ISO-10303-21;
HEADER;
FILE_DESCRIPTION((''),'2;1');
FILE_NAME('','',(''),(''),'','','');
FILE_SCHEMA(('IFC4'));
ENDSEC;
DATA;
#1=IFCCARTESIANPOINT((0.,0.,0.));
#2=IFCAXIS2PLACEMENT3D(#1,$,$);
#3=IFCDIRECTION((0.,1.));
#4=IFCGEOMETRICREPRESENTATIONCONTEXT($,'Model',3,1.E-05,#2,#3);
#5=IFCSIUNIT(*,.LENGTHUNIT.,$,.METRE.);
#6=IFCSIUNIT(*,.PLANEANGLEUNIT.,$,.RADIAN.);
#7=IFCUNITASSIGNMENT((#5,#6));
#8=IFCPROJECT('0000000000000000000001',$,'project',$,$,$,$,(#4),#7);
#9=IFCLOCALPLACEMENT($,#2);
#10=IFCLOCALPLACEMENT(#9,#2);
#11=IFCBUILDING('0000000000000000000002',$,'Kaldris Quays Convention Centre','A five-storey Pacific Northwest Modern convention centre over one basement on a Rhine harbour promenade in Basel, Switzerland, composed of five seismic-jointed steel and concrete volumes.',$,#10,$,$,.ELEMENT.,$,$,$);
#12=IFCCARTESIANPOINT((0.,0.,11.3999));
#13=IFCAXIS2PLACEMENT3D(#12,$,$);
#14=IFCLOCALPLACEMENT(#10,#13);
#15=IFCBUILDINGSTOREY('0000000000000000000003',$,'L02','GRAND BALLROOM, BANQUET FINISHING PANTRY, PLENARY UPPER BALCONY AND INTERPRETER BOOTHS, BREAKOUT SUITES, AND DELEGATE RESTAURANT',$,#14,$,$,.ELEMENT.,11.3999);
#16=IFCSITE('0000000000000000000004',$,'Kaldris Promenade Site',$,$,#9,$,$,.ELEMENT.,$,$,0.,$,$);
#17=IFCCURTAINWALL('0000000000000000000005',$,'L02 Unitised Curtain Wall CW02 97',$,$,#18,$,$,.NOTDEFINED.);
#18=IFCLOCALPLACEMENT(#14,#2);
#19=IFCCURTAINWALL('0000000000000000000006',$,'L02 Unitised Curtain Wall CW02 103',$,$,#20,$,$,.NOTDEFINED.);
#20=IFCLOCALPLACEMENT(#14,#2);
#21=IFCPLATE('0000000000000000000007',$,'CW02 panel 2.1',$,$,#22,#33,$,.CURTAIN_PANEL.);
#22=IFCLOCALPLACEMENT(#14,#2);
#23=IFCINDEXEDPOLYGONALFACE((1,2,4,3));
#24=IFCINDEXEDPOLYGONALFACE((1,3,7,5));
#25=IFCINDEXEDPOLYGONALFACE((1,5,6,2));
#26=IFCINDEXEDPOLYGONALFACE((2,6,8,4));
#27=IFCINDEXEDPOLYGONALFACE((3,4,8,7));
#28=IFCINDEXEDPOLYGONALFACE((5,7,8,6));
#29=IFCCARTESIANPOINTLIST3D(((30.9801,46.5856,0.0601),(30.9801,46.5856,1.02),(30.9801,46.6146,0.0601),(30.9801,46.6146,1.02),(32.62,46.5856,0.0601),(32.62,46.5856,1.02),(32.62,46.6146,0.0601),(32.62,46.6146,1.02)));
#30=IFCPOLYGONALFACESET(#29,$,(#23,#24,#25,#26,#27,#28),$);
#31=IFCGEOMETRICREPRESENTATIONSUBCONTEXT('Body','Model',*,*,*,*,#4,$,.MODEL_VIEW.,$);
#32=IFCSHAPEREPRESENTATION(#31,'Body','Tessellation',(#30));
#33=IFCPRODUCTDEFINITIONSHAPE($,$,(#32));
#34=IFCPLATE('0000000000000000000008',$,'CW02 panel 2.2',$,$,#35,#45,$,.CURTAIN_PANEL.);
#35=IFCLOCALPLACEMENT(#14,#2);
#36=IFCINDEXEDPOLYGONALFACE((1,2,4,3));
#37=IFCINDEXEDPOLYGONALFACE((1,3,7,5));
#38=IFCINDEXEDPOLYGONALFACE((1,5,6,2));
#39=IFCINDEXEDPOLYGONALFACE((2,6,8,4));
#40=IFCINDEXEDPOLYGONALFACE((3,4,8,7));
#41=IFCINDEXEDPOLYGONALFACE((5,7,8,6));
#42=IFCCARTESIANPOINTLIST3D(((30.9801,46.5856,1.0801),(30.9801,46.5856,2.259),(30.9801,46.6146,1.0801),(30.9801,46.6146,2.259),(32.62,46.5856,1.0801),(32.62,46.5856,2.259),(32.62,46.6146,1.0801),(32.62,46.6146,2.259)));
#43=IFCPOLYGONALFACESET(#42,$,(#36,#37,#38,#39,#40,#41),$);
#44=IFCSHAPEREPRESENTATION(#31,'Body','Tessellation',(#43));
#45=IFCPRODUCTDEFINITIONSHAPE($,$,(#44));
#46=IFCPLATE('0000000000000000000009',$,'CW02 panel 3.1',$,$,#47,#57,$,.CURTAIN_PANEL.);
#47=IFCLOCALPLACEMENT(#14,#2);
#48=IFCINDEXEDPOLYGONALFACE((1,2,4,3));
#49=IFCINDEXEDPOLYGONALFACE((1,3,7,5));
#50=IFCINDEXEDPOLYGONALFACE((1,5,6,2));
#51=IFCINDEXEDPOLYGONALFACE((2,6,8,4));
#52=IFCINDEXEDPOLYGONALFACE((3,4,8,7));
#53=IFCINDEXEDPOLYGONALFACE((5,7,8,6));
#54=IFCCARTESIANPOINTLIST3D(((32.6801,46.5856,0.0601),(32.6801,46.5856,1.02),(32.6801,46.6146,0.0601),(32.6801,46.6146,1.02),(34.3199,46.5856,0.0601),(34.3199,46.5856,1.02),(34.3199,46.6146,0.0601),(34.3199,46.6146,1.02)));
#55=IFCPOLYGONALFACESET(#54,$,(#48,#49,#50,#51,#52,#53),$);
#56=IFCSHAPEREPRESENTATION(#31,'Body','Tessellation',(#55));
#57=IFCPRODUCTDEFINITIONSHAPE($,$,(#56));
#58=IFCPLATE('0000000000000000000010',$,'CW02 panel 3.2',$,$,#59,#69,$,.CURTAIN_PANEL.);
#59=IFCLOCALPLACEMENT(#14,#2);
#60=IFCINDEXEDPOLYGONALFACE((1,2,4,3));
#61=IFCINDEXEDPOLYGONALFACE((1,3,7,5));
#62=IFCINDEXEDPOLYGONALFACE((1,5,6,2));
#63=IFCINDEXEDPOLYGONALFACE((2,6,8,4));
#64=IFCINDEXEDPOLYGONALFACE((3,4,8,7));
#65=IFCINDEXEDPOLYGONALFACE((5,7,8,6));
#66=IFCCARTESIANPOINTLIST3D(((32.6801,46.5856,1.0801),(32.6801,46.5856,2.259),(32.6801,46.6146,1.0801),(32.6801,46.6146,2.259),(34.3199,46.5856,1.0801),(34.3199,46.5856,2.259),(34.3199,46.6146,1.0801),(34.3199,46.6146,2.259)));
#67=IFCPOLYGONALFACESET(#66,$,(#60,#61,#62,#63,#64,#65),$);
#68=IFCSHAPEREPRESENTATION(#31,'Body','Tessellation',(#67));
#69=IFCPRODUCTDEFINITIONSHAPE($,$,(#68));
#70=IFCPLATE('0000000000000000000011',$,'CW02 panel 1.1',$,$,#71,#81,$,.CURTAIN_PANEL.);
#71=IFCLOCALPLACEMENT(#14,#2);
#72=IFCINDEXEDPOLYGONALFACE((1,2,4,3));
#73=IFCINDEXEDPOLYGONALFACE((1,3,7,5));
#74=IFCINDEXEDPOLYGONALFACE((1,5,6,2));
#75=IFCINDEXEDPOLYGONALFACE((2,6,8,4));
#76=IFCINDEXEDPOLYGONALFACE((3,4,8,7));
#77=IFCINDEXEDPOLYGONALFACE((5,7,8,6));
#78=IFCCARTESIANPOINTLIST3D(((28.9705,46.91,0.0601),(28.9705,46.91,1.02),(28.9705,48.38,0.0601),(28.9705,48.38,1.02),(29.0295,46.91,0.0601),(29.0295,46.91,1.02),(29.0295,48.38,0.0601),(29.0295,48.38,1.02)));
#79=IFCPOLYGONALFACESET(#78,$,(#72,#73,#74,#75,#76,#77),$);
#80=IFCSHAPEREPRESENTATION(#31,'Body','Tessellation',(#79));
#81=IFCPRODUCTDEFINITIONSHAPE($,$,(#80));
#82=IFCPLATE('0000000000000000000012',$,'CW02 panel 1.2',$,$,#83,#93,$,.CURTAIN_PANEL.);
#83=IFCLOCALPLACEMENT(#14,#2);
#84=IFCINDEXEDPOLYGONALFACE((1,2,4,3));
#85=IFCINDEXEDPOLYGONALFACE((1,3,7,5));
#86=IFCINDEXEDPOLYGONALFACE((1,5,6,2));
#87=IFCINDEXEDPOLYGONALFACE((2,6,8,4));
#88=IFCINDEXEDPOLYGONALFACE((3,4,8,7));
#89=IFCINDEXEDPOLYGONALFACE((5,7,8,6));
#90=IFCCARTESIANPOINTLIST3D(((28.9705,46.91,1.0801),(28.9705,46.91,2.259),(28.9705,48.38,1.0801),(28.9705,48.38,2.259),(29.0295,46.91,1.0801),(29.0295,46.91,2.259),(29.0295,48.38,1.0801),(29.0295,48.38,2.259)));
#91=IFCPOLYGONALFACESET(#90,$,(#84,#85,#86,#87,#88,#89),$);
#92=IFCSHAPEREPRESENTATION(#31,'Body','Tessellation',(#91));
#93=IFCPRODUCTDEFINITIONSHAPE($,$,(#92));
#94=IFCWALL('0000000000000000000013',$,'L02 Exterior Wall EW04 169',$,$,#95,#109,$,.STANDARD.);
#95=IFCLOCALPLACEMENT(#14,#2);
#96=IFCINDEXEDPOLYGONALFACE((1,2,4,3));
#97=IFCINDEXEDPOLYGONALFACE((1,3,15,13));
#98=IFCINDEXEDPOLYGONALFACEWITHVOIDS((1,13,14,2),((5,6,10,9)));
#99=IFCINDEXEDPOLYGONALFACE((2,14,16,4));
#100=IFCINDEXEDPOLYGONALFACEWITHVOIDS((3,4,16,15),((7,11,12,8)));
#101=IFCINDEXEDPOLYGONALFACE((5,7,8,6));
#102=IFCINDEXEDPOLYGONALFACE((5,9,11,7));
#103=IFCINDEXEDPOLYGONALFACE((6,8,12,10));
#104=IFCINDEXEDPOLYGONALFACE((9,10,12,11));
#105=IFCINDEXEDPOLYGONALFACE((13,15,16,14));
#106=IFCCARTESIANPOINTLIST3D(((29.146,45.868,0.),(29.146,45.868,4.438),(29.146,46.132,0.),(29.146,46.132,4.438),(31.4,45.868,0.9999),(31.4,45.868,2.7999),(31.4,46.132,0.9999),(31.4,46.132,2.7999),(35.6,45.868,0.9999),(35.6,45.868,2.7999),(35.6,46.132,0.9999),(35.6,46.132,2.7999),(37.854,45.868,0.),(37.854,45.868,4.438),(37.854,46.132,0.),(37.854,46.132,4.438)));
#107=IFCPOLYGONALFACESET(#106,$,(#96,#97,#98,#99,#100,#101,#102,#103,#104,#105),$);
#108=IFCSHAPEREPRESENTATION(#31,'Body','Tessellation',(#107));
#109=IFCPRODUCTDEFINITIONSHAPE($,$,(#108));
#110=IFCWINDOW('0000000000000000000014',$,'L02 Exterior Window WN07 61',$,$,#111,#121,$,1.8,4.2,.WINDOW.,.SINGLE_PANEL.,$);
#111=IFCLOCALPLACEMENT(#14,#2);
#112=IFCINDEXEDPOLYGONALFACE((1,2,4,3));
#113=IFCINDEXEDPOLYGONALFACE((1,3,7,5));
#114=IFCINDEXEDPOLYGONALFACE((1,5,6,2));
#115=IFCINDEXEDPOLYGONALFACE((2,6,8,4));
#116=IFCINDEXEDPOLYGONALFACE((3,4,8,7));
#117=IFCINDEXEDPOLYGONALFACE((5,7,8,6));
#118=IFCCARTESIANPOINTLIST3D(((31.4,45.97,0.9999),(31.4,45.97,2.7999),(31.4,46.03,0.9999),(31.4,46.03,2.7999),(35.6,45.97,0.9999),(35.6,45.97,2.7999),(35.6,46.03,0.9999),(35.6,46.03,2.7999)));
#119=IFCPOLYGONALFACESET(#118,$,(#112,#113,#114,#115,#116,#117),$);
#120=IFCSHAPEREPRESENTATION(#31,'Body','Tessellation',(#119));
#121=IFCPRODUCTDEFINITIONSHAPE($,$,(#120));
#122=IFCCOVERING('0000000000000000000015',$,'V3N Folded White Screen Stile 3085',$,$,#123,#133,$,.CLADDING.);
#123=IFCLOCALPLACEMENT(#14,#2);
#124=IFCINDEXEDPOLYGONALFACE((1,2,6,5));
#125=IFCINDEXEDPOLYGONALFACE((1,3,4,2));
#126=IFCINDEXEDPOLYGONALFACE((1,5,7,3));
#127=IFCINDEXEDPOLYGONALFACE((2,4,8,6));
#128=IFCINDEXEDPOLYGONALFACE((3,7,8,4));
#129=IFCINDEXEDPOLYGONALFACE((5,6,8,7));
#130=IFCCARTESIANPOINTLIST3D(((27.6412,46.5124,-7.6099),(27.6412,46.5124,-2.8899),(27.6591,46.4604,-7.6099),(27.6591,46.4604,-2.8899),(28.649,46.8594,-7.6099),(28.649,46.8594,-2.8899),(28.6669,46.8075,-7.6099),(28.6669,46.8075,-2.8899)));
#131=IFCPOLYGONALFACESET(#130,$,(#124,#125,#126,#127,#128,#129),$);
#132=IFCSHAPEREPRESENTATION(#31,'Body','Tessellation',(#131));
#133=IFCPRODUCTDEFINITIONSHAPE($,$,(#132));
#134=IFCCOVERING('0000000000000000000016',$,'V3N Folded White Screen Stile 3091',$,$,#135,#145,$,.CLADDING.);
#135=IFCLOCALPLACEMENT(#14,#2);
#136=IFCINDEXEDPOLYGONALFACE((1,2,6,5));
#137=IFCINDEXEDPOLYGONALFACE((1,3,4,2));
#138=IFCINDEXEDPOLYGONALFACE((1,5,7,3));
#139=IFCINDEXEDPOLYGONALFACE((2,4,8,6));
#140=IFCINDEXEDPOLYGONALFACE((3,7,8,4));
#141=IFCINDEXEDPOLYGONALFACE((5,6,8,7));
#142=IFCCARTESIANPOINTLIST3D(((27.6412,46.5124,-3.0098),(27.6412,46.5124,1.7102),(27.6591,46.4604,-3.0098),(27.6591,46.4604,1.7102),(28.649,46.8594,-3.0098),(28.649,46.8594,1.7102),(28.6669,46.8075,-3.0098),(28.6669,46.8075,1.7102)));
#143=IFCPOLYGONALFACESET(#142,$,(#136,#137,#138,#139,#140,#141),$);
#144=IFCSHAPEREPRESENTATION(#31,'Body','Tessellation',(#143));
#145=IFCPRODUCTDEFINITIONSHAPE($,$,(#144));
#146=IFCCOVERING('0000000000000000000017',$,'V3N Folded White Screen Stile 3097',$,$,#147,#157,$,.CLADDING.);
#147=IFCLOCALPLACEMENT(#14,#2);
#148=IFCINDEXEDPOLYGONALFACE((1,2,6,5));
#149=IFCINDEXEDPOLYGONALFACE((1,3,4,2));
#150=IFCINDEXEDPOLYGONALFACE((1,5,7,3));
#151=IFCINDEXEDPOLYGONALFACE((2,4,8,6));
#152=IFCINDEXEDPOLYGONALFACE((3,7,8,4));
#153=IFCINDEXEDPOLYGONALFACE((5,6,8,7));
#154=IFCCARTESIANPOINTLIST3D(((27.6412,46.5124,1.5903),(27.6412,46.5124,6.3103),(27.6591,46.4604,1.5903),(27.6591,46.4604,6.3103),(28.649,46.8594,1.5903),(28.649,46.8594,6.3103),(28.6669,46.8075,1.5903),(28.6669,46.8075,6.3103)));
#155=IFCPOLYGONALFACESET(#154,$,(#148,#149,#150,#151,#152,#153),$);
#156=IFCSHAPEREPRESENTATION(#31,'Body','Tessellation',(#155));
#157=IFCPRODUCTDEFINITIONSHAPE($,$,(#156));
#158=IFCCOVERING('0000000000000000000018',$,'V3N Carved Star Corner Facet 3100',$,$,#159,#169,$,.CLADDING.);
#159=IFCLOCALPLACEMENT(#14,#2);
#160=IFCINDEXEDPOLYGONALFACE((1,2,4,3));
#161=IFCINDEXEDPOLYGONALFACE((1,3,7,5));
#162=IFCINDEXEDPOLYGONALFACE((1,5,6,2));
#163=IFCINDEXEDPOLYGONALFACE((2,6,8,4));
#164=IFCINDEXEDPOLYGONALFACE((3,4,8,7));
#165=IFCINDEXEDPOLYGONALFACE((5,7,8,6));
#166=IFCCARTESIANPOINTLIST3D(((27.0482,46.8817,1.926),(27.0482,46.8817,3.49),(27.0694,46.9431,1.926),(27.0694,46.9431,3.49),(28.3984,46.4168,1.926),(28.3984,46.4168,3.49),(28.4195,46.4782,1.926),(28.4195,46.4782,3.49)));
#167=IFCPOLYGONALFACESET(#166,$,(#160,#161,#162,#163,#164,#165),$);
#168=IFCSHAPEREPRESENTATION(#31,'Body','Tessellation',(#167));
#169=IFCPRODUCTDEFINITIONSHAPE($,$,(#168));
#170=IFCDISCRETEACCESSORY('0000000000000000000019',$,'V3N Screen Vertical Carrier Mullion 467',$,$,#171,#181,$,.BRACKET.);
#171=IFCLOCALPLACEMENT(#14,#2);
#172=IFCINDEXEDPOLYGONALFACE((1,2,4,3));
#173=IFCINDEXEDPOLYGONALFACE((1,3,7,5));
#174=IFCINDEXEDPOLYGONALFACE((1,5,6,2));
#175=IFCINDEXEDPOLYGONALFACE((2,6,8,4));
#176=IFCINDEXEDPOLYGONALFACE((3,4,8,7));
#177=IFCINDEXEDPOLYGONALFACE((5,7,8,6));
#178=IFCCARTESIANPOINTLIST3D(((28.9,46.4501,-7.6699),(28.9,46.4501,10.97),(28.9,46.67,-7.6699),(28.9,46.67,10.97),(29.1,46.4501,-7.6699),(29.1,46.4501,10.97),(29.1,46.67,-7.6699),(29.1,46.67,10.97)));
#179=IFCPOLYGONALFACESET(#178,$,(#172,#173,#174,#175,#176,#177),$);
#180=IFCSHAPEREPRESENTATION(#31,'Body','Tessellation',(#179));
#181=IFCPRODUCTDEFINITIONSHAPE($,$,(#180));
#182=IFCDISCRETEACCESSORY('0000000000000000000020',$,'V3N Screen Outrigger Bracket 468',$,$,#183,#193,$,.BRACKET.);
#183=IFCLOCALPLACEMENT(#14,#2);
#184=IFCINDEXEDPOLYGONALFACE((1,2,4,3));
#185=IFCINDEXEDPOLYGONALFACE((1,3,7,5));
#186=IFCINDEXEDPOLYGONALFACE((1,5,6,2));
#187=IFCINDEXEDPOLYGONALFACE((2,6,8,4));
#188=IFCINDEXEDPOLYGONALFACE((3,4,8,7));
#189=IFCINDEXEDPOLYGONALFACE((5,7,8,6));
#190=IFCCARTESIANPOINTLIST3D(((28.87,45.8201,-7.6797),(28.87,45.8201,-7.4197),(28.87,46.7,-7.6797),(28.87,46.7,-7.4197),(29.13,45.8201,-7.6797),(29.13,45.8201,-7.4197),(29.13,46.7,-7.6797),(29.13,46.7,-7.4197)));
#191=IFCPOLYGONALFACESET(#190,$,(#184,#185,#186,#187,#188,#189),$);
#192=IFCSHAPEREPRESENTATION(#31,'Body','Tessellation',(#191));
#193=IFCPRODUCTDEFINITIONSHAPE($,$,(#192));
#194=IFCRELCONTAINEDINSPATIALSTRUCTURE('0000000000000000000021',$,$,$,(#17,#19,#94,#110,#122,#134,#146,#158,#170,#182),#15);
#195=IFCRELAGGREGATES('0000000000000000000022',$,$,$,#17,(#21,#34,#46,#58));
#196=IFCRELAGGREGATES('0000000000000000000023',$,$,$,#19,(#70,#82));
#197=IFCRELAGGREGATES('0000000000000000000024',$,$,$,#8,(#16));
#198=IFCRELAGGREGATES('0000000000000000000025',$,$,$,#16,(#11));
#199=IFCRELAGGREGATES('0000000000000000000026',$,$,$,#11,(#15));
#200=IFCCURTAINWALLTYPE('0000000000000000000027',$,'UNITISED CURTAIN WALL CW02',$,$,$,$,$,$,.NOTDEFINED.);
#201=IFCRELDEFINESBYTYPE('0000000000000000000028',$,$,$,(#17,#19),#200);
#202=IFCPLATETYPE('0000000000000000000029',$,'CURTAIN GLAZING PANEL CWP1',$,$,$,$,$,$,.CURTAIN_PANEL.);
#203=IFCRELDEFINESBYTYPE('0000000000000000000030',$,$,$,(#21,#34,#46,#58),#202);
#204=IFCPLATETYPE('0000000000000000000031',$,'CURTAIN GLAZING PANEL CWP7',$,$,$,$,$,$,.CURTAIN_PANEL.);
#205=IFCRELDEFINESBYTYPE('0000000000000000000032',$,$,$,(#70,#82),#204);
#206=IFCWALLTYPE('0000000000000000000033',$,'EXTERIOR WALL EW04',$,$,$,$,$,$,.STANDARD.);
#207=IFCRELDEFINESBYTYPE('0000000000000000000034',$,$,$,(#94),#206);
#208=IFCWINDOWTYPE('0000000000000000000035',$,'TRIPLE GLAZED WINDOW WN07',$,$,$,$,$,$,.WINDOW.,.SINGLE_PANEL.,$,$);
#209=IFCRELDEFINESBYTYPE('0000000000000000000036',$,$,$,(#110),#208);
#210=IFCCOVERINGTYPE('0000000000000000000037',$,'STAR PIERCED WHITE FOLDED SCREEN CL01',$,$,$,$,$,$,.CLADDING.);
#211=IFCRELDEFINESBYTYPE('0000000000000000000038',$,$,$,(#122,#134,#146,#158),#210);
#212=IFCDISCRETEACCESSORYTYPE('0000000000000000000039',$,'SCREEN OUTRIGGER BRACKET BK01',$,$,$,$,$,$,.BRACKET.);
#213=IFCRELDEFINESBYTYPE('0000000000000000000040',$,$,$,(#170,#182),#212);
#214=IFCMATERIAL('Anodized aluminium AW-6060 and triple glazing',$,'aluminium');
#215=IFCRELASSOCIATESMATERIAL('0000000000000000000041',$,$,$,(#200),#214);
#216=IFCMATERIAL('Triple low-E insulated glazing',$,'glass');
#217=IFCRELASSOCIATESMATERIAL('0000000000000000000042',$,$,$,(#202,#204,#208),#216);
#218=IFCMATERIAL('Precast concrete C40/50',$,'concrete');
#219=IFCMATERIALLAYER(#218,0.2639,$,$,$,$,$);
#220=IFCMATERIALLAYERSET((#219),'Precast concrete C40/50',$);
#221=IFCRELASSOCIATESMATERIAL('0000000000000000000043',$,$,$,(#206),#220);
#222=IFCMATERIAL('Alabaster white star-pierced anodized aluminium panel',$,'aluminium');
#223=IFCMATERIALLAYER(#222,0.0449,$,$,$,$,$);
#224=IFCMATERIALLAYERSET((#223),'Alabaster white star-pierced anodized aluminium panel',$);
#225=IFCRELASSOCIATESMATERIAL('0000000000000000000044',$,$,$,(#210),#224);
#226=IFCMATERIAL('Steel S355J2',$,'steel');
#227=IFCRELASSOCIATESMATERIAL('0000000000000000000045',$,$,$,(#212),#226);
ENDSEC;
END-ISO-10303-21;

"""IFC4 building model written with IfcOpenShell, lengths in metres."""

from ifc_helpers import new_model, si_unit, direction, frame, frame_2d, origin, origin_2d, place, context, subcontext, project, spatial, rectangle, extrude, material, layer, layer_set, type_object, element, fill, aggregate, save


model = new_model("IFC4")

# Units and contexts
model_context = context("Model", 3, precision=1e-05, world=origin(), true_north=direction((0.0, 1.0)))
body_context = subcontext(model_context, "Body", "Model", "MODEL_VIEW")
ifc_project = project(units=[si_unit("LENGTHUNIT", "METRE"), si_unit("PLANEANGLEUNIT", "RADIAN")], contexts=[model_context])

# Site, building, storey
site_placement = place(None, origin())
site = spatial("IfcSite", under=ifc_project, at=site_placement, Name="Kaldris Promenade Site", CompositionType="ELEMENT", RefElevation=0.0)
building_placement = place(site_placement, origin())
building = spatial("IfcBuilding", under=site, at=building_placement, Name="Kaldris Quays Convention Centre", Description="A five-storey Pacific Northwest Modern convention centre over one basement on a Rhine harbour promenade in Basel, Switzerland, composed of five seismic-jointed steel and concrete volumes.", CompositionType="ELEMENT")
storey_placement = place(building_placement, frame((0.0, 0.0, 11.3999)))
storey = spatial("IfcBuildingStorey", under=building, at=storey_placement, Name="L02", Description="GRAND BALLROOM, BANQUET FINISHING PANTRY, PLENARY UPPER BALCONY AND INTERPRETER BOOTHS, BREAKOUT SUITES, AND DELEGATE RESTAURANT", CompositionType="ELEMENT", Elevation=11.3999)

# Shared definitions
ifc_material_1 = material(Name="Steel S355J2", Category="steel")

# Curtain walls
ifc_material_2 = material(Name="Anodized aluminium AW-6060 and triple glazing", Category="aluminium")
curtain_wall_type = type_object("IfcCurtainWallType", Name="UNITISED CURTAIN WALL CW02", PredefinedType="NOTDEFINED", material=ifc_material_2)
curtain_wall_1_placement = place(storey_placement, origin())
curtain_wall_1 = element("IfcCurtainWall", 1, at=curtain_wall_1_placement, inside=storey, type_object=curtain_wall_type, Name="L02 Unitised Curtain Wall CW02 97", PredefinedType="NOTDEFINED")
curtain_wall_2_placement = place(storey_placement, origin())
curtain_wall_2 = element("IfcCurtainWall", 2, at=curtain_wall_2_placement, inside=storey, type_object=curtain_wall_type, Name="L02 Unitised Curtain Wall CW02 103", PredefinedType="NOTDEFINED")

# Plates
ifc_material_3 = material(Name="Triple low-E insulated glazing", Category="glass")
plate_type_1 = type_object("IfcPlateType", Name="CURTAIN GLAZING PANEL CWP1", PredefinedType="CURTAIN_PANEL", material=ifc_material_3)
plate_1_placement = place(storey_placement, frame((31.8, 46.6001, 0.0601), z_axis=(0.0, 0.0, 1.0), x_axis=(1.0, 0.0, 0.0)))
plate_1 = element("IfcPlate", 3, at=plate_1_placement, type_object=plate_type_1, Name="CW02 panel 2.1", PredefinedType="CURTAIN_PANEL", context=body_context, shape_type="SweptSolid", body=[
    extrude(rectangle(XDim=1.6399, YDim=0.0291, at=origin_2d()), origin(), (0.0, 0.0, 1.0), 0.96),
])
plate_2_placement = place(storey_placement, frame((31.8, 46.6001, 1.0801), z_axis=(0.0, 0.0, 1.0), x_axis=(1.0, 0.0, 0.0)))
plate_2 = element("IfcPlate", 4, at=plate_2_placement, type_object=plate_type_1, Name="CW02 panel 2.2", PredefinedType="CURTAIN_PANEL", context=body_context, shape_type="SweptSolid", body=[
    extrude(rectangle(XDim=1.6399, YDim=0.0291, at=origin_2d()), origin(), (0.0, 0.0, 1.0), 1.179),
])
plate_3_placement = place(storey_placement, frame((33.5, 46.6001, 0.0601), z_axis=(0.0, 0.0, 1.0), x_axis=(1.0, 0.0, 0.0)))
plate_3 = element("IfcPlate", 5, at=plate_3_placement, type_object=plate_type_1, Name="CW02 panel 3.1", PredefinedType="CURTAIN_PANEL", context=body_context, shape_type="SweptSolid", body=[
    extrude(rectangle(XDim=1.6399, YDim=0.0291, at=origin_2d()), origin(), (0.0, 0.0, 1.0), 0.96),
])
plate_4_placement = place(storey_placement, frame((33.5, 46.6001, 1.0801), z_axis=(0.0, 0.0, 1.0), x_axis=(1.0, 0.0, 0.0)))
plate_4 = element("IfcPlate", 6, at=plate_4_placement, type_object=plate_type_1, Name="CW02 panel 3.2", PredefinedType="CURTAIN_PANEL", context=body_context, shape_type="SweptSolid", body=[
    extrude(rectangle(XDim=1.6399, YDim=0.0291, at=origin_2d()), origin(), (0.0, 0.0, 1.0), 1.179),
])
aggregate(curtain_wall_1, [plate_1, plate_2, plate_3, plate_4])
plate_type_2 = type_object("IfcPlateType", Name="CURTAIN GLAZING PANEL CWP7", PredefinedType="CURTAIN_PANEL", material=ifc_material_3)
plate_5_placement = place(storey_placement, frame((29.0, 47.645, 0.0601), z_axis=(0.0, 0.0, 1.0), x_axis=(0.0, 1.0, 0.0)))
plate_5 = element("IfcPlate", 7, at=plate_5_placement, type_object=plate_type_2, Name="CW02 panel 1.1", PredefinedType="CURTAIN_PANEL", context=body_context, shape_type="SweptSolid", body=[
    extrude(rectangle(XDim=1.47, YDim=0.0591, at=origin_2d()), origin(), (0.0, 0.0, 1.0), 0.96),
])
plate_6_placement = place(storey_placement, frame((29.0, 47.645, 1.0801), z_axis=(0.0, 0.0, 1.0), x_axis=(0.0, 1.0, 0.0)))
plate_6 = element("IfcPlate", 8, at=plate_6_placement, type_object=plate_type_2, Name="CW02 panel 1.2", PredefinedType="CURTAIN_PANEL", context=body_context, shape_type="SweptSolid", body=[
    extrude(rectangle(XDim=1.47, YDim=0.0591, at=origin_2d()), origin(), (0.0, 0.0, 1.0), 1.179),
])
aggregate(curtain_wall_2, [plate_5, plate_6])

# Wall, opening, window
ifc_material_4 = material(Name="Precast concrete C40/50", Category="concrete")
ifc_layer_1 = layer(ifc_material_4, 0.2639)
ifc_layer_set_1 = layer_set([ifc_layer_1], Name="Precast concrete C40/50")
wall_type = type_object("IfcWallType", Name="EXTERIOR WALL EW04", PredefinedType="STANDARD", material=ifc_layer_set_1)
wall_placement = place(storey_placement, frame((29.146, 46.0, 0.0), z_axis=(0.0, 0.0, 1.0), x_axis=(1.0, 0.0, 0.0)))
wall = element("IfcWall", 9, at=wall_placement, inside=storey, type_object=wall_type, Name="L02 Exterior Wall EW04 169", PredefinedType="STANDARD", context=body_context, shape_type="SweptSolid", body=[
    extrude(rectangle(XDim=8.708, YDim=0.2639, at=frame_2d((4.354, 0.0))), origin(), (0.0, 0.0, 1.0), 4.438),
])
opening_placement = place(wall_placement, frame((2.2539, 0.0, 1.0)))
opening = element("IfcOpeningElement", 10, at=opening_placement, cuts=wall, PredefinedType="OPENING", context=body_context, shape_type="SweptSolid", body=[
    extrude(rectangle(XDim=4.2, YDim=1.8, at=frame_2d((2.1001, 0.8999))), frame((0.0, 0.1421, 0.0), z_axis=(0.0, -1.0, 0.0), x_axis=(1.0, 0.0, 0.0)), (0.0, 0.0, 1.0), 0.2839),
])
window_type = type_object("IfcWindowType", Name="TRIPLE GLAZED WINDOW WN07", PartitioningType="SINGLE_PANEL", PredefinedType="WINDOW", material=ifc_material_3)
window_placement = place(opening_placement, origin())
window = element("IfcWindow", 11, at=window_placement, inside=storey, type_object=window_type, Name="L02 Exterior Window WN07 61", OverallHeight=1.8, OverallWidth=4.2, PartitioningType="SINGLE_PANEL", PredefinedType="WINDOW", context=body_context, shape_type="SweptSolid", body=[
    extrude(rectangle(XDim=4.2, YDim=1.8, at=frame_2d((2.1001, 0.8999))), frame((0.0, 0.03, 0.0), z_axis=(0.0, -1.0, 0.0), x_axis=(1.0, 0.0, 0.0)), (0.0, 0.0, 1.0), 0.0601),
])
fill(opening, window)

# Coverings
ifc_material_5 = material(Name="Alabaster white star-pierced anodized aluminium panel", Category="aluminium")
ifc_layer_2 = layer(ifc_material_5, 0.0449)
ifc_layer_set_2 = layer_set([ifc_layer_2], Name="Alabaster white star-pierced anodized aluminium panel")
covering_type = type_object("IfcCoveringType", Name="STAR PIERCED WHITE FOLDED SCREEN CL01", PredefinedType="CLADDING", material=ifc_layer_set_2)
for number, where, z_axis, x_axis, name in (
    (12, (28.1541, 46.6599, -7.6099), (0.0, 0.0, 1.0), (0.945519, 0.325568, 0.0), "V3N Folded White Screen Stile 3085"),
    (13, (28.1541, 46.6599, -3.0098), (0.0, 0.0, 1.0), (0.945519, 0.325568, 0.0), "V3N Folded White Screen Stile 3091"),
    (14, (28.1541, 46.6599, 1.5903), (0.0, 0.0, 1.0), (0.945519, 0.325568, 0.0), "V3N Folded White Screen Stile 3097"),
):
    element("IfcCovering", number, at=place(storey_placement, frame(where, z_axis=z_axis, x_axis=x_axis)), inside=storey, type_object=covering_type, Name=name, PredefinedType="CLADDING", context=body_context, shape_type="SweptSolid", body=[
        extrude(rectangle(XDim=1.0659, YDim=0.0549, at=origin_2d()), origin(), (0.0, 0.0, 1.0), 4.72),
    ])
covering_placement = place(storey_placement, frame((27.7339, 46.6799, 1.926), z_axis=(0.0, 0.0, 1.0), x_axis=(0.945519, -0.325568, 0.0)))
element("IfcCovering", 15, at=covering_placement, inside=storey, type_object=covering_type, Name="V3N Carved Star Corner Facet 3100", PredefinedType="CLADDING", context=body_context, shape_type="SweptSolid", body=[
    extrude(rectangle(XDim=1.428, YDim=0.0649, at=origin_2d()), origin(), (0.0, 0.0, 1.0), 1.564),
])

# Discrete accessories
discrete_accessory_type = type_object("IfcDiscreteAccessoryType", Name="SCREEN OUTRIGGER BRACKET BK01", PredefinedType="BRACKET", material=ifc_material_1)
discrete_accessory_placement = place(storey_placement, frame((29.0, 46.5601, -7.6699), z_axis=(0.0, 0.0, 1.0), x_axis=(1.0, 0.0, 0.0)))
element("IfcDiscreteAccessory", 16, at=discrete_accessory_placement, inside=storey, type_object=discrete_accessory_type, Name="V3N Screen Vertical Carrier Mullion 467", PredefinedType="BRACKET", context=body_context, shape_type="SweptSolid", body=[
    extrude(rectangle(XDim=0.2, YDim=0.22, at=origin_2d()), origin(), (0.0, 0.0, 1.0), 18.6399),
])
for number, where, z_axis, x_axis, name in (
    (17, (29.0, 46.26, -7.6797), (0.0, 0.0, 1.0), (1.0, 0.0, 0.0), "V3N Screen Outrigger Bracket 468"),
):
    element("IfcDiscreteAccessory", number, at=place(storey_placement, frame(where, z_axis=z_axis, x_axis=x_axis)), inside=storey, type_object=discrete_accessory_type, Name=name, PredefinedType="BRACKET", context=body_context, shape_type="SweptSolid", body=[
        extrude(rectangle(XDim=0.26, YDim=0.8799, at=origin_2d()), origin(), (0.0, 0.0, 1.0), 0.26),
    ])

save(model, "model.ifc")
